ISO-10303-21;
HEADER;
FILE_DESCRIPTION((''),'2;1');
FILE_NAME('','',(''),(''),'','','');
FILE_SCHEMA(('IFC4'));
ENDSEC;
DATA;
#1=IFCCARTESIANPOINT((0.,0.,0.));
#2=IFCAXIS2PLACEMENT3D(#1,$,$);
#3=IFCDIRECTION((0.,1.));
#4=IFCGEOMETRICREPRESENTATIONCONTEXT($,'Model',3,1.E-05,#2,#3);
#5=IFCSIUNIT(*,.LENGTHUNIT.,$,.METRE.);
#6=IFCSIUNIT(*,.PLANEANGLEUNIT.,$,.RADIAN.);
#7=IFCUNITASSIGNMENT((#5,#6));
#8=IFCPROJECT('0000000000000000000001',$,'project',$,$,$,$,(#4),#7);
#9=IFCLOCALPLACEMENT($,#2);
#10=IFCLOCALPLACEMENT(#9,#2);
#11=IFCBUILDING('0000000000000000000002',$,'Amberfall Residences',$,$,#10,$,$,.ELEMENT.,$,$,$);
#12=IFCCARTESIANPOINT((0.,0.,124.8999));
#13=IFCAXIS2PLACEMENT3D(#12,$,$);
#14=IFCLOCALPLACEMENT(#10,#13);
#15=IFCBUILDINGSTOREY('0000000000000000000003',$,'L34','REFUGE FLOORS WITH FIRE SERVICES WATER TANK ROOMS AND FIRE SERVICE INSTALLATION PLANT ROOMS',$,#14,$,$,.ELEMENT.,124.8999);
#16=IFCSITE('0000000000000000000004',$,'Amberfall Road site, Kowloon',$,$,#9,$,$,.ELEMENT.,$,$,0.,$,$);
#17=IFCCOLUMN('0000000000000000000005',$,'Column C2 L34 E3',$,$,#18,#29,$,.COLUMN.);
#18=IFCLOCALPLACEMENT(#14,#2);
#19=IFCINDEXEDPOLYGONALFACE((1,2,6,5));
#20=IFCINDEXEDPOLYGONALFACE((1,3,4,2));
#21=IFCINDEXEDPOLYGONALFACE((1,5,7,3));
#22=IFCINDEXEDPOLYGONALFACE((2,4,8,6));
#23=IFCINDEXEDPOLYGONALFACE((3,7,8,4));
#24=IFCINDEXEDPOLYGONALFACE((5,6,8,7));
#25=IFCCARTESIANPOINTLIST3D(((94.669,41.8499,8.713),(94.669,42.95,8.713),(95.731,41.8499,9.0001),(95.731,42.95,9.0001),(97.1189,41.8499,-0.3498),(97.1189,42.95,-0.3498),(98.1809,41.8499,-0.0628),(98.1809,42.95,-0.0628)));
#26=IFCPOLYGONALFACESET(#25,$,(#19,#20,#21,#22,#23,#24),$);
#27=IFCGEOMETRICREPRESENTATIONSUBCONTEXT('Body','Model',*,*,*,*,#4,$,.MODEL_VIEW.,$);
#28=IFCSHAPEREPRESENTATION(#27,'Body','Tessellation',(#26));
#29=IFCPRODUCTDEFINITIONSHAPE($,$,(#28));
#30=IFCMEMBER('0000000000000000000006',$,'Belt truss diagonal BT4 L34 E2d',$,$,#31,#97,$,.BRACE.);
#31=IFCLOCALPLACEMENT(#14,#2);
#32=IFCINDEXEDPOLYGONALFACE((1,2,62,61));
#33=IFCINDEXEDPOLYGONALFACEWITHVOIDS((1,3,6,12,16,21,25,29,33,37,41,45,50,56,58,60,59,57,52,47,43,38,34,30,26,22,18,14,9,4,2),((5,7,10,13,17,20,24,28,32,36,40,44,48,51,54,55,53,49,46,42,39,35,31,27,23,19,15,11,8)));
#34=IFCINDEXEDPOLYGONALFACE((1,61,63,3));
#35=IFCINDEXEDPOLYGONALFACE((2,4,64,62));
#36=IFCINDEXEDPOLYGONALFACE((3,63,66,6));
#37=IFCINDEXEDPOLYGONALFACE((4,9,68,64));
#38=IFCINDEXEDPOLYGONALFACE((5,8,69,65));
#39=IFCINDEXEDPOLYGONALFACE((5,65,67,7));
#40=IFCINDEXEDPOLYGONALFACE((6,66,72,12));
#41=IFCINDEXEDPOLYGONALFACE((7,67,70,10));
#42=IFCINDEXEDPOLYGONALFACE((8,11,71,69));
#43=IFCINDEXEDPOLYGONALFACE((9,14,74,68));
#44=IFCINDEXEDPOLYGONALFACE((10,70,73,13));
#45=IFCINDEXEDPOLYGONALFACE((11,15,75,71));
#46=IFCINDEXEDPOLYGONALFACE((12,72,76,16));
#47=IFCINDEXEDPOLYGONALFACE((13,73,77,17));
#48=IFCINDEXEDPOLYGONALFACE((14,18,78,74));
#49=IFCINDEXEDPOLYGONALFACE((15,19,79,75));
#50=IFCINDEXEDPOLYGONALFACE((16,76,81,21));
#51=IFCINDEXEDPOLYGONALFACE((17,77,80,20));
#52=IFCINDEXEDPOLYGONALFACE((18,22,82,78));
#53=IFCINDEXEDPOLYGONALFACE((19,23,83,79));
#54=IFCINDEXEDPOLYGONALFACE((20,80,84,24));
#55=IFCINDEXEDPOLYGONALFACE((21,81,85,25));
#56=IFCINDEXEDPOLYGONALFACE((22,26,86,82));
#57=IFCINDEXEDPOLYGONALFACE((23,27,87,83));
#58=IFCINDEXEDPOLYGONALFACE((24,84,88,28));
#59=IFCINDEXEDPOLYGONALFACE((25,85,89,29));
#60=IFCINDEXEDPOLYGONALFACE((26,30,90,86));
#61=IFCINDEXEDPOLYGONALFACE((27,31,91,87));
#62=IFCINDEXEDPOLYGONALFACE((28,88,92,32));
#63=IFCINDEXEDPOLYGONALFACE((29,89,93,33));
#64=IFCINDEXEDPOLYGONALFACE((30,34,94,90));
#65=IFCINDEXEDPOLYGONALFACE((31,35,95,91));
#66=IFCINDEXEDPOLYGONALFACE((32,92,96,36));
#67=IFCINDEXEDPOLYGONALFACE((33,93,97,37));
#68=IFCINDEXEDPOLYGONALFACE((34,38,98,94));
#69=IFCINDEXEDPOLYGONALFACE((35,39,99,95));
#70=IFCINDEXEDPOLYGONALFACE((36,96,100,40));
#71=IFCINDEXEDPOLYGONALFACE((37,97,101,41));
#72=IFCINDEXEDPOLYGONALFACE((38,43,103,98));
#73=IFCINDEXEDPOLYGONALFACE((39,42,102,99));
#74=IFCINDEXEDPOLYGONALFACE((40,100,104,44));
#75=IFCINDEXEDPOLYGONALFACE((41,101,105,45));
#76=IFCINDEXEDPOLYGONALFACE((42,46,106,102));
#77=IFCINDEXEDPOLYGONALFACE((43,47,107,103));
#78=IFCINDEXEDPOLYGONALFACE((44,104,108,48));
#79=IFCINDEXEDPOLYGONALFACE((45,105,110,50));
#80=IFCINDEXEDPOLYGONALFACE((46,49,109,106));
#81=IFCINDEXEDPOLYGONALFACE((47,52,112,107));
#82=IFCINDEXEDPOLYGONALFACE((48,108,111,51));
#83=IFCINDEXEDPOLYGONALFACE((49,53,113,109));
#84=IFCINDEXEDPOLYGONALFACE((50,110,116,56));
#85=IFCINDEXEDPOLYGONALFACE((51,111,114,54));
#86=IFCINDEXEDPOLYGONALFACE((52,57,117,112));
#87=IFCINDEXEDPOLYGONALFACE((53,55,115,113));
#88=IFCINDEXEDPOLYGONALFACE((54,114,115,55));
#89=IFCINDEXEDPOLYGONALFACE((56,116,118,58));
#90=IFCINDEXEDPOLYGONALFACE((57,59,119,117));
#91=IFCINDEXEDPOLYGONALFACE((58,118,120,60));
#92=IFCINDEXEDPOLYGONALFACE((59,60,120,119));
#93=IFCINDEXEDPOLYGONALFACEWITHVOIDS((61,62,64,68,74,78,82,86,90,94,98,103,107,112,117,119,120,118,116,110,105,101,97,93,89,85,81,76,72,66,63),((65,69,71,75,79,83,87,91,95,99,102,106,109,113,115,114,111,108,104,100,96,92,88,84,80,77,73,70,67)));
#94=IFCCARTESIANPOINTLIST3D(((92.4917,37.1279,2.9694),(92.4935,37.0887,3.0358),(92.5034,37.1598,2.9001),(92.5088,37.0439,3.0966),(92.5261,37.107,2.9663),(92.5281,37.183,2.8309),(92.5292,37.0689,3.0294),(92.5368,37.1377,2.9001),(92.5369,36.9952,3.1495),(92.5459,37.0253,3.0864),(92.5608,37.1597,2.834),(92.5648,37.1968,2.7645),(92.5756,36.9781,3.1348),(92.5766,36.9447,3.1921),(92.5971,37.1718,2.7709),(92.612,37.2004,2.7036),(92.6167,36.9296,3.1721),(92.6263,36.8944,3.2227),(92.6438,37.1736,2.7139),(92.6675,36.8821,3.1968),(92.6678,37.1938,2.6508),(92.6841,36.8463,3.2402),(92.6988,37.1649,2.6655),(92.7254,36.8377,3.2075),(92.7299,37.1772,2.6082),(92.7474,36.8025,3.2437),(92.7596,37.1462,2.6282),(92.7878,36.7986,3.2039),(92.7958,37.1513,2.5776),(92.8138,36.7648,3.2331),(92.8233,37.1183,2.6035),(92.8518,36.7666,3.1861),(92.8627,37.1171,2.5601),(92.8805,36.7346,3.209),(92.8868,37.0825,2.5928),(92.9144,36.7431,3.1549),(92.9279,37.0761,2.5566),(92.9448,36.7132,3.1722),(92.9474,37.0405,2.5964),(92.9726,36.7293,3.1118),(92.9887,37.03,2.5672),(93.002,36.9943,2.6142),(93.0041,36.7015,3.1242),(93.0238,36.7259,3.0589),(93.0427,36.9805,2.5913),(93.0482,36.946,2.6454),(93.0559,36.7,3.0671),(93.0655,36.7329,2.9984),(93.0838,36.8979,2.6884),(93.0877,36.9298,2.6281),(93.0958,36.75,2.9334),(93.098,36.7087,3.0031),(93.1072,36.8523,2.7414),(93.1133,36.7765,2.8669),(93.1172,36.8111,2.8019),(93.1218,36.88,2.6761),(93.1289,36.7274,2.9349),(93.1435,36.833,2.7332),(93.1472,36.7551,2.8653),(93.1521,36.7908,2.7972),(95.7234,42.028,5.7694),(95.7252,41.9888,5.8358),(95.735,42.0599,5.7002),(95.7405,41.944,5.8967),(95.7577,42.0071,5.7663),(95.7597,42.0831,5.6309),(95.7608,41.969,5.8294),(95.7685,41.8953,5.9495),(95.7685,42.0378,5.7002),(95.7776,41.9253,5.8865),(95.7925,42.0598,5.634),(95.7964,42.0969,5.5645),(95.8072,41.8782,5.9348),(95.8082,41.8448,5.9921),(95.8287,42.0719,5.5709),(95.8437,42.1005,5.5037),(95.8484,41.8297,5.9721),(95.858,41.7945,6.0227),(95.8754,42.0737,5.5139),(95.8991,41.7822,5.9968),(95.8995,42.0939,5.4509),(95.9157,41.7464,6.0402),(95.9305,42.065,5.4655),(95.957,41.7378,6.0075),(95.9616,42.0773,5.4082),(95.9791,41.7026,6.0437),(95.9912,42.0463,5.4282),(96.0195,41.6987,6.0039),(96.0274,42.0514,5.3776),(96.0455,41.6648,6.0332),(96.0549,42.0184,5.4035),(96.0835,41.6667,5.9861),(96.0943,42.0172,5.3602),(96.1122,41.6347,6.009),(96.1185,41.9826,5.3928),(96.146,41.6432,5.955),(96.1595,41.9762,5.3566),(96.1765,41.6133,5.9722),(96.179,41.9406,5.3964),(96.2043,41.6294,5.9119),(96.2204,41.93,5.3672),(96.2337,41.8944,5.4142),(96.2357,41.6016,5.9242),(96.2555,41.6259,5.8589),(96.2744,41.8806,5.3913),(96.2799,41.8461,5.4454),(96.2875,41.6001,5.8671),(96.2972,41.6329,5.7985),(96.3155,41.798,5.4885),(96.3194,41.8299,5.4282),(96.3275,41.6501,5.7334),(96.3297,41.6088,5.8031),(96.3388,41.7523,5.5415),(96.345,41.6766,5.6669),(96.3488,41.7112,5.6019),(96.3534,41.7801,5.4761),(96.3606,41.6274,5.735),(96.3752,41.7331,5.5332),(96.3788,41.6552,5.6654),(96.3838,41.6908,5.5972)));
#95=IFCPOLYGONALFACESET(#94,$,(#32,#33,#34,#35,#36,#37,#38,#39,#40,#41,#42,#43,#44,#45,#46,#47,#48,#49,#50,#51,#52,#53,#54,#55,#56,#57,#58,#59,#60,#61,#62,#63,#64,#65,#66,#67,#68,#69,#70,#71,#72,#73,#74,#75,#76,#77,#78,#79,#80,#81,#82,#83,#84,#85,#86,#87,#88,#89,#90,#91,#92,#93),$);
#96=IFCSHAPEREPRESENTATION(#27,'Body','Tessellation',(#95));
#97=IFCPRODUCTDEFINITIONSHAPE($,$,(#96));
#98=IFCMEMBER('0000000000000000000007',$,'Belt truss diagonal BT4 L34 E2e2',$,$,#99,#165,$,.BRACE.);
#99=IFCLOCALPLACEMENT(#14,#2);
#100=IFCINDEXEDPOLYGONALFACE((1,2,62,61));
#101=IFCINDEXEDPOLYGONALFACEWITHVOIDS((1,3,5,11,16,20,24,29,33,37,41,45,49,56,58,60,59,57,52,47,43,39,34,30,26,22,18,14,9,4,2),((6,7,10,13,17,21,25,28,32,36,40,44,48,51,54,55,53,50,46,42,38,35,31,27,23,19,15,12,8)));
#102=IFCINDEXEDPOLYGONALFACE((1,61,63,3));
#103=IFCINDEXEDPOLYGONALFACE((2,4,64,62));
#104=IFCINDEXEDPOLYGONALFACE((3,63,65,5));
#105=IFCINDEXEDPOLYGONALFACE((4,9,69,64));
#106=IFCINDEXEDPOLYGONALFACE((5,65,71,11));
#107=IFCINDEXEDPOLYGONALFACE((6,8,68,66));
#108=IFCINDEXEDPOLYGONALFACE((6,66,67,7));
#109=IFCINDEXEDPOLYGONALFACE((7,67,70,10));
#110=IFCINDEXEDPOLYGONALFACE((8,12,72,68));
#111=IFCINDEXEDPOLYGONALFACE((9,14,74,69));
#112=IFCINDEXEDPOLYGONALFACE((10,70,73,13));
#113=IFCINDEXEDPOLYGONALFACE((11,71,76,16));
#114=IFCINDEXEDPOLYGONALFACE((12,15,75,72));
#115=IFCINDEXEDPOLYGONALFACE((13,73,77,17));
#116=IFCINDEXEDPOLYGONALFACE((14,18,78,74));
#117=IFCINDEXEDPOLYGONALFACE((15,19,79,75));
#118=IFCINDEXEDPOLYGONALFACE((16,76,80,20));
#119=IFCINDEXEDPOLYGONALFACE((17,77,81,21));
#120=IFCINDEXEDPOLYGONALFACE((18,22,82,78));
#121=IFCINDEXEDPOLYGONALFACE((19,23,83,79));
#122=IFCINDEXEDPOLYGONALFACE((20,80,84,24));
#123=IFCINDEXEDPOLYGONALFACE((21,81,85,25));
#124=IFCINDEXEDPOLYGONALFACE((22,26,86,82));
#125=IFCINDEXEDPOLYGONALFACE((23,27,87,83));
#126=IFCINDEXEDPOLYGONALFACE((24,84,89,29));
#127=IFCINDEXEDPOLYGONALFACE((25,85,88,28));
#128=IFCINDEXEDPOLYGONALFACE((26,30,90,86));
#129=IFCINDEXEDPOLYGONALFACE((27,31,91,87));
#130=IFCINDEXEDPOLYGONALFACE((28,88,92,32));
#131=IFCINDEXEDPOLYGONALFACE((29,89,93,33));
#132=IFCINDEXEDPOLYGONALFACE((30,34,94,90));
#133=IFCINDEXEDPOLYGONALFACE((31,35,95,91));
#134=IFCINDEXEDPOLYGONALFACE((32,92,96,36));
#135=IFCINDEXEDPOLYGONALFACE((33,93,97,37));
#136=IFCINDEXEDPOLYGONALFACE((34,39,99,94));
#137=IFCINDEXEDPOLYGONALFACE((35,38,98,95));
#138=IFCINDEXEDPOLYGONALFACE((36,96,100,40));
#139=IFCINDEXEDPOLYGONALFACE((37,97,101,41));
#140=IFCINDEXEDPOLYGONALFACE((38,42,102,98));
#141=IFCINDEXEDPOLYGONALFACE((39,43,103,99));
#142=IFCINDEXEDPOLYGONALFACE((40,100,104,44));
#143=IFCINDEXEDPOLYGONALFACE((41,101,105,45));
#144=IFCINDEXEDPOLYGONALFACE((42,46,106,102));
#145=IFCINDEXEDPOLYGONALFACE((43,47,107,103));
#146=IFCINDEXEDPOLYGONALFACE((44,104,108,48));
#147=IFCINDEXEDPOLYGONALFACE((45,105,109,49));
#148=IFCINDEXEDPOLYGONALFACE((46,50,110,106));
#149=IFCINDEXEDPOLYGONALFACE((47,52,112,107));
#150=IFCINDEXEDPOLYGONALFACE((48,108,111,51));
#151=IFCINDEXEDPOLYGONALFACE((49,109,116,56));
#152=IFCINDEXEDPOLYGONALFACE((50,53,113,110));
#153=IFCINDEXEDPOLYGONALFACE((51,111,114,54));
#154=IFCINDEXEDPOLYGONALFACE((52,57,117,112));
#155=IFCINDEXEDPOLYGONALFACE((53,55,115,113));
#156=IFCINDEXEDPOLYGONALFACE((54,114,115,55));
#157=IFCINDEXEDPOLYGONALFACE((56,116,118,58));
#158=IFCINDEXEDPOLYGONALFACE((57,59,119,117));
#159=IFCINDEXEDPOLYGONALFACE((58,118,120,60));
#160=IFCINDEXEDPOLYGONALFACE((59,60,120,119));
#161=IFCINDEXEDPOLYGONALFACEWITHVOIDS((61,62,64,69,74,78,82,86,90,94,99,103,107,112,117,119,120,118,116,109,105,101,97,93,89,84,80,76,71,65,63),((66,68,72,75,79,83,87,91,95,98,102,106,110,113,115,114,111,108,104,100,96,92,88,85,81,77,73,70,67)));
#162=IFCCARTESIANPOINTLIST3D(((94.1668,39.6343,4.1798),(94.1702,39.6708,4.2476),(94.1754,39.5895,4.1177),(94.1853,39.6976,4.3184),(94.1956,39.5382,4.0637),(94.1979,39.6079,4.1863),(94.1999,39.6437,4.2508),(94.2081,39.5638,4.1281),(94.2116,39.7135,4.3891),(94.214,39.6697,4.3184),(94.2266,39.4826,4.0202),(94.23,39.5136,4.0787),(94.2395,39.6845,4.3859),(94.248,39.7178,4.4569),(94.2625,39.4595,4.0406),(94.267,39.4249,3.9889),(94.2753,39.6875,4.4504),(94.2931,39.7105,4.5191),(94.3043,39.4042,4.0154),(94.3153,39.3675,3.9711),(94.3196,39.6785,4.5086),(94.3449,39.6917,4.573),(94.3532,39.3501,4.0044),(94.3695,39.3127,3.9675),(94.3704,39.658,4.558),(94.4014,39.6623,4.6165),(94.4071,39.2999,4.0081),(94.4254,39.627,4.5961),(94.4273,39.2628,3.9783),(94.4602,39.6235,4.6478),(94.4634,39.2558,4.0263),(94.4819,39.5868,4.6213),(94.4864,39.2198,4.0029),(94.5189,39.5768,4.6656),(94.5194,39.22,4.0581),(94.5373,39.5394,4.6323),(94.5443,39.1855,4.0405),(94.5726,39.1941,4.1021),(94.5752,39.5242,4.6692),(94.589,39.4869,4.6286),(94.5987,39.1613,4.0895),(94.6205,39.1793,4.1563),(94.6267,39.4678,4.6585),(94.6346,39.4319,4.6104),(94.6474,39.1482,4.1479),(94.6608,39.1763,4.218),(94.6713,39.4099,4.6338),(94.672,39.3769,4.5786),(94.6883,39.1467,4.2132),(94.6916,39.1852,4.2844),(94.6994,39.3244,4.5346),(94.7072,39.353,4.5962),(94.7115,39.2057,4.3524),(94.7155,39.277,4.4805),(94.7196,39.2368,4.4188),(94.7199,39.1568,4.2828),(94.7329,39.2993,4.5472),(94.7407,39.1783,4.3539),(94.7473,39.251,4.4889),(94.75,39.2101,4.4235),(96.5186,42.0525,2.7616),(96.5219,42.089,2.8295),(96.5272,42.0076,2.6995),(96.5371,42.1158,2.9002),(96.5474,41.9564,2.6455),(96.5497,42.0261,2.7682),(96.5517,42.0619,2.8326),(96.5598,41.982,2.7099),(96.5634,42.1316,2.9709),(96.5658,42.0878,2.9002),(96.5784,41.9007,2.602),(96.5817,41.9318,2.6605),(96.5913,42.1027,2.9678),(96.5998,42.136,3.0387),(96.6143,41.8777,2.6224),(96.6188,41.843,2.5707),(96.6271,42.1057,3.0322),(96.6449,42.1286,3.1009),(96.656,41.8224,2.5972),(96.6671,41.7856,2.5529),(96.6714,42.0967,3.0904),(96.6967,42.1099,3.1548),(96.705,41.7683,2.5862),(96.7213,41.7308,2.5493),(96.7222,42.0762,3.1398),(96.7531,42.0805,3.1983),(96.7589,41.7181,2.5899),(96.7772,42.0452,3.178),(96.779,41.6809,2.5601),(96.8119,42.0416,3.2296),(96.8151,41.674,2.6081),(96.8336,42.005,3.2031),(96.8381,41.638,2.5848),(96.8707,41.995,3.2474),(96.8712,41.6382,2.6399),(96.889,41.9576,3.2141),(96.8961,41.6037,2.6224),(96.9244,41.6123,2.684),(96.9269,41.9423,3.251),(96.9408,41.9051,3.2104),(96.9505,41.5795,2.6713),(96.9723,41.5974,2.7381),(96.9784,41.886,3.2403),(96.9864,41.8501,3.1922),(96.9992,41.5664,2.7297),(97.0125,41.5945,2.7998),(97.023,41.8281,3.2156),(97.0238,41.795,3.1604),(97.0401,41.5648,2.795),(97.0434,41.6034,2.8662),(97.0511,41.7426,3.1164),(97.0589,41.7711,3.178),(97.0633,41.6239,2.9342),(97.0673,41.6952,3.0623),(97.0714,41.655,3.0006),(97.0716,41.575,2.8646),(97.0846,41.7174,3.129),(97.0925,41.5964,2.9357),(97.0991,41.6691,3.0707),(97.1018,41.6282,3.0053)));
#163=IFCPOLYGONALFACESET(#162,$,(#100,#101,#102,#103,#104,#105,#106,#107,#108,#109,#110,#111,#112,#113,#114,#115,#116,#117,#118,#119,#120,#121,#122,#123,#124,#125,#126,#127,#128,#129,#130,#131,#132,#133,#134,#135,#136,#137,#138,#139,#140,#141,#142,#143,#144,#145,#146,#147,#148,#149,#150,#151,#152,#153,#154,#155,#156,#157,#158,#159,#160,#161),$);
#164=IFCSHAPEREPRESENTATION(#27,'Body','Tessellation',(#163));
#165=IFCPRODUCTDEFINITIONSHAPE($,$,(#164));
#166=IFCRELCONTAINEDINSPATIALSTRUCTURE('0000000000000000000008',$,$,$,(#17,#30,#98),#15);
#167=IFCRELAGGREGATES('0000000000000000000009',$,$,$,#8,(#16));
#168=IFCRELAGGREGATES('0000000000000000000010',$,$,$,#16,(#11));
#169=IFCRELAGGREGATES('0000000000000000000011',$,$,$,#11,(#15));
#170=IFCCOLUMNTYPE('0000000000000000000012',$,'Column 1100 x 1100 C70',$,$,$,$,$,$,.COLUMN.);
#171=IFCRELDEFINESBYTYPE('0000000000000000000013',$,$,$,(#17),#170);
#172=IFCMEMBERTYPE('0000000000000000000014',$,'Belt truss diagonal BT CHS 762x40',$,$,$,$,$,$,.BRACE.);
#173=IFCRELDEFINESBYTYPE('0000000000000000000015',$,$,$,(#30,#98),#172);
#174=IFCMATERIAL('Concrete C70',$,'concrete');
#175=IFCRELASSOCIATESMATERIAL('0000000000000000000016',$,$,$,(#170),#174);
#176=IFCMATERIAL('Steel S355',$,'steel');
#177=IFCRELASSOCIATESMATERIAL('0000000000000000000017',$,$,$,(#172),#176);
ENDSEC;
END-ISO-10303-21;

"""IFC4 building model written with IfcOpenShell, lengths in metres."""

from ifc_helpers import new_model, si_unit, direction, frame, origin, origin_2d, place, context, subcontext, project, spatial, rectangle, hollow_circle, extrude, material, material_profile, profile_set, type_object, element, save


model = new_model("IFC4")

# Units and contexts
model_context = context("Model", 3, precision=1e-05, world=origin(), true_north=direction((0.0, 1.0)))
body_context = subcontext(model_context, "Body", "Model", "MODEL_VIEW")
ifc_project = project(units=[si_unit("LENGTHUNIT", "METRE"), si_unit("PLANEANGLEUNIT", "RADIAN")], contexts=[model_context])

# Site, building, storey
site_placement = place(None, origin())
site = spatial("IfcSite", under=ifc_project, at=site_placement, Name="Amberfall Road site, Kowloon", CompositionType="ELEMENT", RefElevation=0.0)
building_placement = place(site_placement, origin())
building = spatial("IfcBuilding", under=site, at=building_placement, Name="Amberfall Residences", CompositionType="ELEMENT")
storey_placement = place(building_placement, frame((0.0, 0.0, 124.8999)))
storey = spatial("IfcBuildingStorey", under=building, at=storey_placement, Name="L34", Description="REFUGE FLOORS WITH FIRE SERVICES WATER TANK ROOMS AND FIRE SERVICE INSTALLATION PLANT ROOMS", CompositionType="ELEMENT", Elevation=124.8999)

# Column
ifc_material_1 = material(Name="Concrete C70", Category="concrete")
ifc_material_profile_1 = material_profile(ifc_material_1, rectangle(XDim=1.1001, YDim=1.1001, at=origin_2d()), Name="Column 1100 x 1100 C70")
ifc_profile_set_1 = profile_set([ifc_material_profile_1], Name="Concrete C70")
column_type = type_object("IfcColumnType", Name="Column 1100 x 1100 C70", PredefinedType="COLUMN", material=ifc_profile_set_1)
column_placement = place(storey_placement, frame((97.6499, 42.3999, -0.2063), z_axis=(-0.260958, 0.0, 0.96535), x_axis=(0.0, -1.0, 0.0)))
element("IfcColumn", 1, at=column_placement, inside=storey, type_object=column_type, Name="Column C2 L34 E3", PredefinedType="COLUMN", context=body_context, shape_type="SweptSolid", body=[
    extrude(rectangle(XDim=1.1001, YDim=1.1001, at=origin_2d()), origin(), (0.0, 0.0, 1.0), 9.3882),
])

# Members
ifc_material_2 = material(Name="Steel S355", Category="steel")
ifc_material_profile_2 = material_profile(ifc_material_2, hollow_circle(Radius=0.3811, WallThickness=0.04, at=origin_2d()), Name="CHS 762x40")
ifc_profile_set_2 = profile_set([ifc_material_profile_2], Name="Steel S355")
member_type_1 = type_object("IfcMemberType", Name="Belt truss diagonal BT CHS 762x40", PredefinedType="BRACE", material=ifc_profile_set_2)
member_1_placement = place(storey_placement, frame((92.8215, 36.95, 2.9001), z_axis=(0.496915, 0.753463, 0.430545), x_axis=(-0.834798, 0.550557, 0.0)))
element("IfcMember", 2, at=member_1_placement, inside=storey, type_object=member_type_1, Name="Belt truss diagonal BT4 L34 E2d", PredefinedType="BRACE", context=body_context, shape_type="SweptSolid", body=[
    extrude(hollow_circle(Radius=0.3811, WallThickness=0.04, at=origin_2d()), origin(), (0.0, 0.0, 1.0), 6.5034),
])
member_2_placement = place(storey_placement, frame((94.4585, 39.4319, 4.3184), z_axis=(0.642703, 0.66085, -0.38757), x_axis=(-0.716881, 0.697195, 0.0)))
element("IfcMember", 3, at=member_2_placement, inside=storey, type_object=member_type_1, Name="Belt truss diagonal BT4 L34 E2e2", PredefinedType="BRACE", context=body_context, shape_type="SweptSolid", body=[
    extrude(hollow_circle(Radius=0.3811, WallThickness=0.04, at=origin_2d()), origin(), (0.0, 0.0, 1.0), 3.6592),
])

save(model, "model.ifc")
